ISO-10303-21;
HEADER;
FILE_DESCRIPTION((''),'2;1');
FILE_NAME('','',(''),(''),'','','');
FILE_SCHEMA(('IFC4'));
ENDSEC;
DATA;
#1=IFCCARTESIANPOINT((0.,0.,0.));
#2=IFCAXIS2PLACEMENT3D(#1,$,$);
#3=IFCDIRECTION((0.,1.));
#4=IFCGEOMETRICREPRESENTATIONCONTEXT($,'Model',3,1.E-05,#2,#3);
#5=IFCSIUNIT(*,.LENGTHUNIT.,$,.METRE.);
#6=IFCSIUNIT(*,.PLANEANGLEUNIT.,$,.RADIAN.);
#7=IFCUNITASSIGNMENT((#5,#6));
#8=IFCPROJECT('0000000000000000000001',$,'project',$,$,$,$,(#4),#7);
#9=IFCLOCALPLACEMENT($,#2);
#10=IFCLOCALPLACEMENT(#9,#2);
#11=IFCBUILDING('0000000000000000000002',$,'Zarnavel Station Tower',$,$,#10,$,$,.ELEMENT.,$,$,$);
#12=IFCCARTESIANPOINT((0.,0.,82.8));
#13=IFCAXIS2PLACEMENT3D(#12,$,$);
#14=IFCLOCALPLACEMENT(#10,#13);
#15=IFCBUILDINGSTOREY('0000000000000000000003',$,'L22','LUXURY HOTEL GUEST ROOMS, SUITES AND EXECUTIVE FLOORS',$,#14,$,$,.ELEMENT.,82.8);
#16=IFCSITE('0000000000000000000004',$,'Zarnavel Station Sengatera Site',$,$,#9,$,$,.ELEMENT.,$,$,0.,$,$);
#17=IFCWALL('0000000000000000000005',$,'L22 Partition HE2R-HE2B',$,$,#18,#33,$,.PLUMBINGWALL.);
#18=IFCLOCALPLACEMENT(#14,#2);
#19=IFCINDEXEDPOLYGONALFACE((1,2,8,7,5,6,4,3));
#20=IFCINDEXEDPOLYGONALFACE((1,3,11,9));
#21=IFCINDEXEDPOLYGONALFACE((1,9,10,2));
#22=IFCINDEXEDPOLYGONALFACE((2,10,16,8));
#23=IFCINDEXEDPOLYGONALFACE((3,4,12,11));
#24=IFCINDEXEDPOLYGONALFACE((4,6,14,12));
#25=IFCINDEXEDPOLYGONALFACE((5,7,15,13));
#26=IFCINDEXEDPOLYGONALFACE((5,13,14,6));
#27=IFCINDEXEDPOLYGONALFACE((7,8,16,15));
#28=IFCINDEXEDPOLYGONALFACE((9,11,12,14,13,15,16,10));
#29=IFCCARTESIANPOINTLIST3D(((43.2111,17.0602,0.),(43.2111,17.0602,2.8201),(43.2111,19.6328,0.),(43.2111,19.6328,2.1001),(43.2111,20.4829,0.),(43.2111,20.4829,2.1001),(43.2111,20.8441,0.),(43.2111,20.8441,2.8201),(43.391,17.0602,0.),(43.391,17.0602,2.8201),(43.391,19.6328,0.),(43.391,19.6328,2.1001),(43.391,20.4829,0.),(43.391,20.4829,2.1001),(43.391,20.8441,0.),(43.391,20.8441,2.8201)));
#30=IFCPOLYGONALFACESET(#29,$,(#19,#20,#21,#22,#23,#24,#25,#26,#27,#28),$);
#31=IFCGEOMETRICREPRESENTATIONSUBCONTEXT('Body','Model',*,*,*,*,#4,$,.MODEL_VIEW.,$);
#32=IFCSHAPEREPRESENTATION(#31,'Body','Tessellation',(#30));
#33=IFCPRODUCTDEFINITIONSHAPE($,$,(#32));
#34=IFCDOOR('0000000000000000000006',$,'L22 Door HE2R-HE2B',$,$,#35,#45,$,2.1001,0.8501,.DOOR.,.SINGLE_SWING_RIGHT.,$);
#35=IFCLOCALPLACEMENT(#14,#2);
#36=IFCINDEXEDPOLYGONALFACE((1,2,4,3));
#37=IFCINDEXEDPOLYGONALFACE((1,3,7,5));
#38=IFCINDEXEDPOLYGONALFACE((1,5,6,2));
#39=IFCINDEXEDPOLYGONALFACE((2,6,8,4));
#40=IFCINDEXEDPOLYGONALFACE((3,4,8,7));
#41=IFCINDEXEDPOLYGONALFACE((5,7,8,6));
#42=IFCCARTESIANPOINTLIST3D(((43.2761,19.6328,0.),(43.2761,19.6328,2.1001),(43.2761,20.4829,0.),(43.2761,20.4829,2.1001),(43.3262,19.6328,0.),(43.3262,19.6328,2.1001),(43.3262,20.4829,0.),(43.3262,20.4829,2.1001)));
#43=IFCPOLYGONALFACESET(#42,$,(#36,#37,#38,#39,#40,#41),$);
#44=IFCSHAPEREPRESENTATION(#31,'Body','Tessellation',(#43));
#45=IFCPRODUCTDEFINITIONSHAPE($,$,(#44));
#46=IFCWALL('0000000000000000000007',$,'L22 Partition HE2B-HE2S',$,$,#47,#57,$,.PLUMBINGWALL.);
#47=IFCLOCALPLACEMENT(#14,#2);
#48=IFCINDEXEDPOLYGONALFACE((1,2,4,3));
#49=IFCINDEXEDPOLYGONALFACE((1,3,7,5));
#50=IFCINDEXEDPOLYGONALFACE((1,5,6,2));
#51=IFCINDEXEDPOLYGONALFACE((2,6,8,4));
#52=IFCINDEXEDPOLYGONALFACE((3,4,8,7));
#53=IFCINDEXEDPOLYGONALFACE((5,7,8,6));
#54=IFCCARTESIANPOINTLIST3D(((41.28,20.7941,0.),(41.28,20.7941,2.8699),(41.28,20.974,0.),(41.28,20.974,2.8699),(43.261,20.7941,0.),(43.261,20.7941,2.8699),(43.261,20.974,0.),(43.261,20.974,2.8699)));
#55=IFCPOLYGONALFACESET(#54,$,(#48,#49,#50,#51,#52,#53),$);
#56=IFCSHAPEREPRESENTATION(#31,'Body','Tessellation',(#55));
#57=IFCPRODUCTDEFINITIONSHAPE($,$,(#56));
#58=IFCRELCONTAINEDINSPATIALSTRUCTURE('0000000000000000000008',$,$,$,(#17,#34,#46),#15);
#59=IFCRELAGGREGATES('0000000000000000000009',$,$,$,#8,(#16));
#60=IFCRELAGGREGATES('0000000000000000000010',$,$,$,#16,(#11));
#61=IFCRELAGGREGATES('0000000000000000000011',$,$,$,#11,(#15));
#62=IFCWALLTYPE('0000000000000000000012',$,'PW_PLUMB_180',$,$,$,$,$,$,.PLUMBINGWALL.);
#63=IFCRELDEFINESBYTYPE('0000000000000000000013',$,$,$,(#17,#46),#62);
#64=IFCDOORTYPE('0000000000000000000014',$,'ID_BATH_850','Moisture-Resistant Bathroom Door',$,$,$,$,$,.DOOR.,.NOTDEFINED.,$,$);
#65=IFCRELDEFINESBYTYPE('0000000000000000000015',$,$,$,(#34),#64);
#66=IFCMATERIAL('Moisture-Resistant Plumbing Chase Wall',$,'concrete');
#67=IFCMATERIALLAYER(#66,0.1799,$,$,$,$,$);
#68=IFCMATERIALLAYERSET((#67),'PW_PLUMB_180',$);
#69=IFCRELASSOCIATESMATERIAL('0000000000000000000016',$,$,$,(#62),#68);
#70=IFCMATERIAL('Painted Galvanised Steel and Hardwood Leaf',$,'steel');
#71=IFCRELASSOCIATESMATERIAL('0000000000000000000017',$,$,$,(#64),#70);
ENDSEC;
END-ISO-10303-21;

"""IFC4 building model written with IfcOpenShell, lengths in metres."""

from ifc_helpers import new_model, si_unit, direction, frame, frame_2d, origin, place, context, subcontext, project, spatial, rectangle, extrude, material, layer, layer_set, type_object, element, fill, save


model = new_model("IFC4")

# Units and contexts
model_context = context("Model", 3, precision=1e-05, world=origin(), true_north=direction((0.0, 1.0)))
body_context = subcontext(model_context, "Body", "Model", "MODEL_VIEW")
ifc_project = project(units=[si_unit("LENGTHUNIT", "METRE"), si_unit("PLANEANGLEUNIT", "RADIAN")], contexts=[model_context])

# Site, building, storey
site_placement = place(None, origin())
site = spatial("IfcSite", under=ifc_project, at=site_placement, Name="Zarnavel Station Sengatera Site", CompositionType="ELEMENT", RefElevation=0.0)
building_placement = place(site_placement, origin())
building = spatial("IfcBuilding", under=site, at=building_placement, Name="Zarnavel Station Tower", CompositionType="ELEMENT")
storey_placement = place(building_placement, frame((0.0, 0.0, 82.8)))
storey = spatial("IfcBuildingStorey", under=building, at=storey_placement, Name="L22", Description="LUXURY HOTEL GUEST ROOMS, SUITES AND EXECUTIVE FLOORS", CompositionType="ELEMENT", Elevation=82.8)

# Shared definitions
ifc_material_1 = material(Name="Moisture-Resistant Plumbing Chase Wall", Category="concrete")
ifc_layer_1 = layer(ifc_material_1, 0.1799)
ifc_layer_set_1 = layer_set([ifc_layer_1], Name="PW_PLUMB_180")
wall_type_1 = type_object("IfcWallType", Name="PW_PLUMB_180", PredefinedType="PLUMBINGWALL", material=ifc_layer_set_1)
ifc_material_2 = material(Name="Painted Galvanised Steel and Hardwood Leaf", Category="steel")
door_type_1 = type_object("IfcDoorType", Name="ID_BATH_850", Description="Moisture-Resistant Bathroom Door", OperationType="NOTDEFINED", PredefinedType="DOOR", material=ifc_material_2)

# Wall, opening, door
wall_1_placement = place(storey_placement, frame((43.301, 17.0601, 0.0), z_axis=(0.0, 0.0, 1.0), x_axis=(0.0, 1.0, 0.0)))
wall_1 = element("IfcWall", 1, at=wall_1_placement, inside=storey, type_object=wall_type_1, Name="L22 Partition HE2R-HE2B", PredefinedType="PLUMBINGWALL", context=body_context, shape_type="SweptSolid", body=[
    extrude(rectangle(XDim=3.7839, YDim=0.1799, at=frame_2d((1.8921, 0.0))), origin(), (0.0, 0.0, 1.0), 2.8201),
])
opening_1_placement = place(wall_1_placement, frame((2.5728, 0.0, 0.0)))
opening_1 = element("IfcOpeningElement", 2, at=opening_1_placement, cuts=wall_1, PredefinedType="OPENING", context=body_context, shape_type="SweptSolid", body=[
    extrude(rectangle(XDim=0.8501, YDim=2.1001, at=frame_2d((0.425, 1.05))), frame((0.0, 0.0999, 0.0), z_axis=(0.0, -1.0, 0.0), x_axis=(1.0, 0.0, 0.0)), (0.0, 0.0, 1.0), 0.2),
])
door_1_placement = place(opening_1_placement, origin())
door_1 = element("IfcDoor", 3, at=door_1_placement, inside=storey, type_object=door_type_1, Name="L22 Door HE2R-HE2B", OperationType="SINGLE_SWING_RIGHT", OverallHeight=2.1001, OverallWidth=0.8501, PredefinedType="DOOR", context=body_context, shape_type="SweptSolid", body=[
    extrude(rectangle(XDim=0.8501, YDim=2.1001, at=frame_2d((0.425, 1.05))), frame((0.0, 0.0249, 0.0), z_axis=(0.0, -1.0, 0.0), x_axis=(1.0, 0.0, 0.0)), (0.0, 0.0, 1.0), 0.05),
])
fill(opening_1, door_1)

# Wall
wall_2_placement = place(storey_placement, frame((41.28, 20.884, 0.0), z_axis=(0.0, 0.0, 1.0), x_axis=(1.0, 0.0, 0.0)))
element("IfcWall", 4, at=wall_2_placement, inside=storey, type_object=wall_type_1, Name="L22 Partition HE2B-HE2S", PredefinedType="PLUMBINGWALL", context=body_context, shape_type="SweptSolid", body=[
    extrude(rectangle(XDim=1.981, YDim=0.1799, at=frame_2d((0.9905, 0.0))), origin(), (0.0, 0.0, 1.0), 2.8699),
])

save(model, "model.ifc")
